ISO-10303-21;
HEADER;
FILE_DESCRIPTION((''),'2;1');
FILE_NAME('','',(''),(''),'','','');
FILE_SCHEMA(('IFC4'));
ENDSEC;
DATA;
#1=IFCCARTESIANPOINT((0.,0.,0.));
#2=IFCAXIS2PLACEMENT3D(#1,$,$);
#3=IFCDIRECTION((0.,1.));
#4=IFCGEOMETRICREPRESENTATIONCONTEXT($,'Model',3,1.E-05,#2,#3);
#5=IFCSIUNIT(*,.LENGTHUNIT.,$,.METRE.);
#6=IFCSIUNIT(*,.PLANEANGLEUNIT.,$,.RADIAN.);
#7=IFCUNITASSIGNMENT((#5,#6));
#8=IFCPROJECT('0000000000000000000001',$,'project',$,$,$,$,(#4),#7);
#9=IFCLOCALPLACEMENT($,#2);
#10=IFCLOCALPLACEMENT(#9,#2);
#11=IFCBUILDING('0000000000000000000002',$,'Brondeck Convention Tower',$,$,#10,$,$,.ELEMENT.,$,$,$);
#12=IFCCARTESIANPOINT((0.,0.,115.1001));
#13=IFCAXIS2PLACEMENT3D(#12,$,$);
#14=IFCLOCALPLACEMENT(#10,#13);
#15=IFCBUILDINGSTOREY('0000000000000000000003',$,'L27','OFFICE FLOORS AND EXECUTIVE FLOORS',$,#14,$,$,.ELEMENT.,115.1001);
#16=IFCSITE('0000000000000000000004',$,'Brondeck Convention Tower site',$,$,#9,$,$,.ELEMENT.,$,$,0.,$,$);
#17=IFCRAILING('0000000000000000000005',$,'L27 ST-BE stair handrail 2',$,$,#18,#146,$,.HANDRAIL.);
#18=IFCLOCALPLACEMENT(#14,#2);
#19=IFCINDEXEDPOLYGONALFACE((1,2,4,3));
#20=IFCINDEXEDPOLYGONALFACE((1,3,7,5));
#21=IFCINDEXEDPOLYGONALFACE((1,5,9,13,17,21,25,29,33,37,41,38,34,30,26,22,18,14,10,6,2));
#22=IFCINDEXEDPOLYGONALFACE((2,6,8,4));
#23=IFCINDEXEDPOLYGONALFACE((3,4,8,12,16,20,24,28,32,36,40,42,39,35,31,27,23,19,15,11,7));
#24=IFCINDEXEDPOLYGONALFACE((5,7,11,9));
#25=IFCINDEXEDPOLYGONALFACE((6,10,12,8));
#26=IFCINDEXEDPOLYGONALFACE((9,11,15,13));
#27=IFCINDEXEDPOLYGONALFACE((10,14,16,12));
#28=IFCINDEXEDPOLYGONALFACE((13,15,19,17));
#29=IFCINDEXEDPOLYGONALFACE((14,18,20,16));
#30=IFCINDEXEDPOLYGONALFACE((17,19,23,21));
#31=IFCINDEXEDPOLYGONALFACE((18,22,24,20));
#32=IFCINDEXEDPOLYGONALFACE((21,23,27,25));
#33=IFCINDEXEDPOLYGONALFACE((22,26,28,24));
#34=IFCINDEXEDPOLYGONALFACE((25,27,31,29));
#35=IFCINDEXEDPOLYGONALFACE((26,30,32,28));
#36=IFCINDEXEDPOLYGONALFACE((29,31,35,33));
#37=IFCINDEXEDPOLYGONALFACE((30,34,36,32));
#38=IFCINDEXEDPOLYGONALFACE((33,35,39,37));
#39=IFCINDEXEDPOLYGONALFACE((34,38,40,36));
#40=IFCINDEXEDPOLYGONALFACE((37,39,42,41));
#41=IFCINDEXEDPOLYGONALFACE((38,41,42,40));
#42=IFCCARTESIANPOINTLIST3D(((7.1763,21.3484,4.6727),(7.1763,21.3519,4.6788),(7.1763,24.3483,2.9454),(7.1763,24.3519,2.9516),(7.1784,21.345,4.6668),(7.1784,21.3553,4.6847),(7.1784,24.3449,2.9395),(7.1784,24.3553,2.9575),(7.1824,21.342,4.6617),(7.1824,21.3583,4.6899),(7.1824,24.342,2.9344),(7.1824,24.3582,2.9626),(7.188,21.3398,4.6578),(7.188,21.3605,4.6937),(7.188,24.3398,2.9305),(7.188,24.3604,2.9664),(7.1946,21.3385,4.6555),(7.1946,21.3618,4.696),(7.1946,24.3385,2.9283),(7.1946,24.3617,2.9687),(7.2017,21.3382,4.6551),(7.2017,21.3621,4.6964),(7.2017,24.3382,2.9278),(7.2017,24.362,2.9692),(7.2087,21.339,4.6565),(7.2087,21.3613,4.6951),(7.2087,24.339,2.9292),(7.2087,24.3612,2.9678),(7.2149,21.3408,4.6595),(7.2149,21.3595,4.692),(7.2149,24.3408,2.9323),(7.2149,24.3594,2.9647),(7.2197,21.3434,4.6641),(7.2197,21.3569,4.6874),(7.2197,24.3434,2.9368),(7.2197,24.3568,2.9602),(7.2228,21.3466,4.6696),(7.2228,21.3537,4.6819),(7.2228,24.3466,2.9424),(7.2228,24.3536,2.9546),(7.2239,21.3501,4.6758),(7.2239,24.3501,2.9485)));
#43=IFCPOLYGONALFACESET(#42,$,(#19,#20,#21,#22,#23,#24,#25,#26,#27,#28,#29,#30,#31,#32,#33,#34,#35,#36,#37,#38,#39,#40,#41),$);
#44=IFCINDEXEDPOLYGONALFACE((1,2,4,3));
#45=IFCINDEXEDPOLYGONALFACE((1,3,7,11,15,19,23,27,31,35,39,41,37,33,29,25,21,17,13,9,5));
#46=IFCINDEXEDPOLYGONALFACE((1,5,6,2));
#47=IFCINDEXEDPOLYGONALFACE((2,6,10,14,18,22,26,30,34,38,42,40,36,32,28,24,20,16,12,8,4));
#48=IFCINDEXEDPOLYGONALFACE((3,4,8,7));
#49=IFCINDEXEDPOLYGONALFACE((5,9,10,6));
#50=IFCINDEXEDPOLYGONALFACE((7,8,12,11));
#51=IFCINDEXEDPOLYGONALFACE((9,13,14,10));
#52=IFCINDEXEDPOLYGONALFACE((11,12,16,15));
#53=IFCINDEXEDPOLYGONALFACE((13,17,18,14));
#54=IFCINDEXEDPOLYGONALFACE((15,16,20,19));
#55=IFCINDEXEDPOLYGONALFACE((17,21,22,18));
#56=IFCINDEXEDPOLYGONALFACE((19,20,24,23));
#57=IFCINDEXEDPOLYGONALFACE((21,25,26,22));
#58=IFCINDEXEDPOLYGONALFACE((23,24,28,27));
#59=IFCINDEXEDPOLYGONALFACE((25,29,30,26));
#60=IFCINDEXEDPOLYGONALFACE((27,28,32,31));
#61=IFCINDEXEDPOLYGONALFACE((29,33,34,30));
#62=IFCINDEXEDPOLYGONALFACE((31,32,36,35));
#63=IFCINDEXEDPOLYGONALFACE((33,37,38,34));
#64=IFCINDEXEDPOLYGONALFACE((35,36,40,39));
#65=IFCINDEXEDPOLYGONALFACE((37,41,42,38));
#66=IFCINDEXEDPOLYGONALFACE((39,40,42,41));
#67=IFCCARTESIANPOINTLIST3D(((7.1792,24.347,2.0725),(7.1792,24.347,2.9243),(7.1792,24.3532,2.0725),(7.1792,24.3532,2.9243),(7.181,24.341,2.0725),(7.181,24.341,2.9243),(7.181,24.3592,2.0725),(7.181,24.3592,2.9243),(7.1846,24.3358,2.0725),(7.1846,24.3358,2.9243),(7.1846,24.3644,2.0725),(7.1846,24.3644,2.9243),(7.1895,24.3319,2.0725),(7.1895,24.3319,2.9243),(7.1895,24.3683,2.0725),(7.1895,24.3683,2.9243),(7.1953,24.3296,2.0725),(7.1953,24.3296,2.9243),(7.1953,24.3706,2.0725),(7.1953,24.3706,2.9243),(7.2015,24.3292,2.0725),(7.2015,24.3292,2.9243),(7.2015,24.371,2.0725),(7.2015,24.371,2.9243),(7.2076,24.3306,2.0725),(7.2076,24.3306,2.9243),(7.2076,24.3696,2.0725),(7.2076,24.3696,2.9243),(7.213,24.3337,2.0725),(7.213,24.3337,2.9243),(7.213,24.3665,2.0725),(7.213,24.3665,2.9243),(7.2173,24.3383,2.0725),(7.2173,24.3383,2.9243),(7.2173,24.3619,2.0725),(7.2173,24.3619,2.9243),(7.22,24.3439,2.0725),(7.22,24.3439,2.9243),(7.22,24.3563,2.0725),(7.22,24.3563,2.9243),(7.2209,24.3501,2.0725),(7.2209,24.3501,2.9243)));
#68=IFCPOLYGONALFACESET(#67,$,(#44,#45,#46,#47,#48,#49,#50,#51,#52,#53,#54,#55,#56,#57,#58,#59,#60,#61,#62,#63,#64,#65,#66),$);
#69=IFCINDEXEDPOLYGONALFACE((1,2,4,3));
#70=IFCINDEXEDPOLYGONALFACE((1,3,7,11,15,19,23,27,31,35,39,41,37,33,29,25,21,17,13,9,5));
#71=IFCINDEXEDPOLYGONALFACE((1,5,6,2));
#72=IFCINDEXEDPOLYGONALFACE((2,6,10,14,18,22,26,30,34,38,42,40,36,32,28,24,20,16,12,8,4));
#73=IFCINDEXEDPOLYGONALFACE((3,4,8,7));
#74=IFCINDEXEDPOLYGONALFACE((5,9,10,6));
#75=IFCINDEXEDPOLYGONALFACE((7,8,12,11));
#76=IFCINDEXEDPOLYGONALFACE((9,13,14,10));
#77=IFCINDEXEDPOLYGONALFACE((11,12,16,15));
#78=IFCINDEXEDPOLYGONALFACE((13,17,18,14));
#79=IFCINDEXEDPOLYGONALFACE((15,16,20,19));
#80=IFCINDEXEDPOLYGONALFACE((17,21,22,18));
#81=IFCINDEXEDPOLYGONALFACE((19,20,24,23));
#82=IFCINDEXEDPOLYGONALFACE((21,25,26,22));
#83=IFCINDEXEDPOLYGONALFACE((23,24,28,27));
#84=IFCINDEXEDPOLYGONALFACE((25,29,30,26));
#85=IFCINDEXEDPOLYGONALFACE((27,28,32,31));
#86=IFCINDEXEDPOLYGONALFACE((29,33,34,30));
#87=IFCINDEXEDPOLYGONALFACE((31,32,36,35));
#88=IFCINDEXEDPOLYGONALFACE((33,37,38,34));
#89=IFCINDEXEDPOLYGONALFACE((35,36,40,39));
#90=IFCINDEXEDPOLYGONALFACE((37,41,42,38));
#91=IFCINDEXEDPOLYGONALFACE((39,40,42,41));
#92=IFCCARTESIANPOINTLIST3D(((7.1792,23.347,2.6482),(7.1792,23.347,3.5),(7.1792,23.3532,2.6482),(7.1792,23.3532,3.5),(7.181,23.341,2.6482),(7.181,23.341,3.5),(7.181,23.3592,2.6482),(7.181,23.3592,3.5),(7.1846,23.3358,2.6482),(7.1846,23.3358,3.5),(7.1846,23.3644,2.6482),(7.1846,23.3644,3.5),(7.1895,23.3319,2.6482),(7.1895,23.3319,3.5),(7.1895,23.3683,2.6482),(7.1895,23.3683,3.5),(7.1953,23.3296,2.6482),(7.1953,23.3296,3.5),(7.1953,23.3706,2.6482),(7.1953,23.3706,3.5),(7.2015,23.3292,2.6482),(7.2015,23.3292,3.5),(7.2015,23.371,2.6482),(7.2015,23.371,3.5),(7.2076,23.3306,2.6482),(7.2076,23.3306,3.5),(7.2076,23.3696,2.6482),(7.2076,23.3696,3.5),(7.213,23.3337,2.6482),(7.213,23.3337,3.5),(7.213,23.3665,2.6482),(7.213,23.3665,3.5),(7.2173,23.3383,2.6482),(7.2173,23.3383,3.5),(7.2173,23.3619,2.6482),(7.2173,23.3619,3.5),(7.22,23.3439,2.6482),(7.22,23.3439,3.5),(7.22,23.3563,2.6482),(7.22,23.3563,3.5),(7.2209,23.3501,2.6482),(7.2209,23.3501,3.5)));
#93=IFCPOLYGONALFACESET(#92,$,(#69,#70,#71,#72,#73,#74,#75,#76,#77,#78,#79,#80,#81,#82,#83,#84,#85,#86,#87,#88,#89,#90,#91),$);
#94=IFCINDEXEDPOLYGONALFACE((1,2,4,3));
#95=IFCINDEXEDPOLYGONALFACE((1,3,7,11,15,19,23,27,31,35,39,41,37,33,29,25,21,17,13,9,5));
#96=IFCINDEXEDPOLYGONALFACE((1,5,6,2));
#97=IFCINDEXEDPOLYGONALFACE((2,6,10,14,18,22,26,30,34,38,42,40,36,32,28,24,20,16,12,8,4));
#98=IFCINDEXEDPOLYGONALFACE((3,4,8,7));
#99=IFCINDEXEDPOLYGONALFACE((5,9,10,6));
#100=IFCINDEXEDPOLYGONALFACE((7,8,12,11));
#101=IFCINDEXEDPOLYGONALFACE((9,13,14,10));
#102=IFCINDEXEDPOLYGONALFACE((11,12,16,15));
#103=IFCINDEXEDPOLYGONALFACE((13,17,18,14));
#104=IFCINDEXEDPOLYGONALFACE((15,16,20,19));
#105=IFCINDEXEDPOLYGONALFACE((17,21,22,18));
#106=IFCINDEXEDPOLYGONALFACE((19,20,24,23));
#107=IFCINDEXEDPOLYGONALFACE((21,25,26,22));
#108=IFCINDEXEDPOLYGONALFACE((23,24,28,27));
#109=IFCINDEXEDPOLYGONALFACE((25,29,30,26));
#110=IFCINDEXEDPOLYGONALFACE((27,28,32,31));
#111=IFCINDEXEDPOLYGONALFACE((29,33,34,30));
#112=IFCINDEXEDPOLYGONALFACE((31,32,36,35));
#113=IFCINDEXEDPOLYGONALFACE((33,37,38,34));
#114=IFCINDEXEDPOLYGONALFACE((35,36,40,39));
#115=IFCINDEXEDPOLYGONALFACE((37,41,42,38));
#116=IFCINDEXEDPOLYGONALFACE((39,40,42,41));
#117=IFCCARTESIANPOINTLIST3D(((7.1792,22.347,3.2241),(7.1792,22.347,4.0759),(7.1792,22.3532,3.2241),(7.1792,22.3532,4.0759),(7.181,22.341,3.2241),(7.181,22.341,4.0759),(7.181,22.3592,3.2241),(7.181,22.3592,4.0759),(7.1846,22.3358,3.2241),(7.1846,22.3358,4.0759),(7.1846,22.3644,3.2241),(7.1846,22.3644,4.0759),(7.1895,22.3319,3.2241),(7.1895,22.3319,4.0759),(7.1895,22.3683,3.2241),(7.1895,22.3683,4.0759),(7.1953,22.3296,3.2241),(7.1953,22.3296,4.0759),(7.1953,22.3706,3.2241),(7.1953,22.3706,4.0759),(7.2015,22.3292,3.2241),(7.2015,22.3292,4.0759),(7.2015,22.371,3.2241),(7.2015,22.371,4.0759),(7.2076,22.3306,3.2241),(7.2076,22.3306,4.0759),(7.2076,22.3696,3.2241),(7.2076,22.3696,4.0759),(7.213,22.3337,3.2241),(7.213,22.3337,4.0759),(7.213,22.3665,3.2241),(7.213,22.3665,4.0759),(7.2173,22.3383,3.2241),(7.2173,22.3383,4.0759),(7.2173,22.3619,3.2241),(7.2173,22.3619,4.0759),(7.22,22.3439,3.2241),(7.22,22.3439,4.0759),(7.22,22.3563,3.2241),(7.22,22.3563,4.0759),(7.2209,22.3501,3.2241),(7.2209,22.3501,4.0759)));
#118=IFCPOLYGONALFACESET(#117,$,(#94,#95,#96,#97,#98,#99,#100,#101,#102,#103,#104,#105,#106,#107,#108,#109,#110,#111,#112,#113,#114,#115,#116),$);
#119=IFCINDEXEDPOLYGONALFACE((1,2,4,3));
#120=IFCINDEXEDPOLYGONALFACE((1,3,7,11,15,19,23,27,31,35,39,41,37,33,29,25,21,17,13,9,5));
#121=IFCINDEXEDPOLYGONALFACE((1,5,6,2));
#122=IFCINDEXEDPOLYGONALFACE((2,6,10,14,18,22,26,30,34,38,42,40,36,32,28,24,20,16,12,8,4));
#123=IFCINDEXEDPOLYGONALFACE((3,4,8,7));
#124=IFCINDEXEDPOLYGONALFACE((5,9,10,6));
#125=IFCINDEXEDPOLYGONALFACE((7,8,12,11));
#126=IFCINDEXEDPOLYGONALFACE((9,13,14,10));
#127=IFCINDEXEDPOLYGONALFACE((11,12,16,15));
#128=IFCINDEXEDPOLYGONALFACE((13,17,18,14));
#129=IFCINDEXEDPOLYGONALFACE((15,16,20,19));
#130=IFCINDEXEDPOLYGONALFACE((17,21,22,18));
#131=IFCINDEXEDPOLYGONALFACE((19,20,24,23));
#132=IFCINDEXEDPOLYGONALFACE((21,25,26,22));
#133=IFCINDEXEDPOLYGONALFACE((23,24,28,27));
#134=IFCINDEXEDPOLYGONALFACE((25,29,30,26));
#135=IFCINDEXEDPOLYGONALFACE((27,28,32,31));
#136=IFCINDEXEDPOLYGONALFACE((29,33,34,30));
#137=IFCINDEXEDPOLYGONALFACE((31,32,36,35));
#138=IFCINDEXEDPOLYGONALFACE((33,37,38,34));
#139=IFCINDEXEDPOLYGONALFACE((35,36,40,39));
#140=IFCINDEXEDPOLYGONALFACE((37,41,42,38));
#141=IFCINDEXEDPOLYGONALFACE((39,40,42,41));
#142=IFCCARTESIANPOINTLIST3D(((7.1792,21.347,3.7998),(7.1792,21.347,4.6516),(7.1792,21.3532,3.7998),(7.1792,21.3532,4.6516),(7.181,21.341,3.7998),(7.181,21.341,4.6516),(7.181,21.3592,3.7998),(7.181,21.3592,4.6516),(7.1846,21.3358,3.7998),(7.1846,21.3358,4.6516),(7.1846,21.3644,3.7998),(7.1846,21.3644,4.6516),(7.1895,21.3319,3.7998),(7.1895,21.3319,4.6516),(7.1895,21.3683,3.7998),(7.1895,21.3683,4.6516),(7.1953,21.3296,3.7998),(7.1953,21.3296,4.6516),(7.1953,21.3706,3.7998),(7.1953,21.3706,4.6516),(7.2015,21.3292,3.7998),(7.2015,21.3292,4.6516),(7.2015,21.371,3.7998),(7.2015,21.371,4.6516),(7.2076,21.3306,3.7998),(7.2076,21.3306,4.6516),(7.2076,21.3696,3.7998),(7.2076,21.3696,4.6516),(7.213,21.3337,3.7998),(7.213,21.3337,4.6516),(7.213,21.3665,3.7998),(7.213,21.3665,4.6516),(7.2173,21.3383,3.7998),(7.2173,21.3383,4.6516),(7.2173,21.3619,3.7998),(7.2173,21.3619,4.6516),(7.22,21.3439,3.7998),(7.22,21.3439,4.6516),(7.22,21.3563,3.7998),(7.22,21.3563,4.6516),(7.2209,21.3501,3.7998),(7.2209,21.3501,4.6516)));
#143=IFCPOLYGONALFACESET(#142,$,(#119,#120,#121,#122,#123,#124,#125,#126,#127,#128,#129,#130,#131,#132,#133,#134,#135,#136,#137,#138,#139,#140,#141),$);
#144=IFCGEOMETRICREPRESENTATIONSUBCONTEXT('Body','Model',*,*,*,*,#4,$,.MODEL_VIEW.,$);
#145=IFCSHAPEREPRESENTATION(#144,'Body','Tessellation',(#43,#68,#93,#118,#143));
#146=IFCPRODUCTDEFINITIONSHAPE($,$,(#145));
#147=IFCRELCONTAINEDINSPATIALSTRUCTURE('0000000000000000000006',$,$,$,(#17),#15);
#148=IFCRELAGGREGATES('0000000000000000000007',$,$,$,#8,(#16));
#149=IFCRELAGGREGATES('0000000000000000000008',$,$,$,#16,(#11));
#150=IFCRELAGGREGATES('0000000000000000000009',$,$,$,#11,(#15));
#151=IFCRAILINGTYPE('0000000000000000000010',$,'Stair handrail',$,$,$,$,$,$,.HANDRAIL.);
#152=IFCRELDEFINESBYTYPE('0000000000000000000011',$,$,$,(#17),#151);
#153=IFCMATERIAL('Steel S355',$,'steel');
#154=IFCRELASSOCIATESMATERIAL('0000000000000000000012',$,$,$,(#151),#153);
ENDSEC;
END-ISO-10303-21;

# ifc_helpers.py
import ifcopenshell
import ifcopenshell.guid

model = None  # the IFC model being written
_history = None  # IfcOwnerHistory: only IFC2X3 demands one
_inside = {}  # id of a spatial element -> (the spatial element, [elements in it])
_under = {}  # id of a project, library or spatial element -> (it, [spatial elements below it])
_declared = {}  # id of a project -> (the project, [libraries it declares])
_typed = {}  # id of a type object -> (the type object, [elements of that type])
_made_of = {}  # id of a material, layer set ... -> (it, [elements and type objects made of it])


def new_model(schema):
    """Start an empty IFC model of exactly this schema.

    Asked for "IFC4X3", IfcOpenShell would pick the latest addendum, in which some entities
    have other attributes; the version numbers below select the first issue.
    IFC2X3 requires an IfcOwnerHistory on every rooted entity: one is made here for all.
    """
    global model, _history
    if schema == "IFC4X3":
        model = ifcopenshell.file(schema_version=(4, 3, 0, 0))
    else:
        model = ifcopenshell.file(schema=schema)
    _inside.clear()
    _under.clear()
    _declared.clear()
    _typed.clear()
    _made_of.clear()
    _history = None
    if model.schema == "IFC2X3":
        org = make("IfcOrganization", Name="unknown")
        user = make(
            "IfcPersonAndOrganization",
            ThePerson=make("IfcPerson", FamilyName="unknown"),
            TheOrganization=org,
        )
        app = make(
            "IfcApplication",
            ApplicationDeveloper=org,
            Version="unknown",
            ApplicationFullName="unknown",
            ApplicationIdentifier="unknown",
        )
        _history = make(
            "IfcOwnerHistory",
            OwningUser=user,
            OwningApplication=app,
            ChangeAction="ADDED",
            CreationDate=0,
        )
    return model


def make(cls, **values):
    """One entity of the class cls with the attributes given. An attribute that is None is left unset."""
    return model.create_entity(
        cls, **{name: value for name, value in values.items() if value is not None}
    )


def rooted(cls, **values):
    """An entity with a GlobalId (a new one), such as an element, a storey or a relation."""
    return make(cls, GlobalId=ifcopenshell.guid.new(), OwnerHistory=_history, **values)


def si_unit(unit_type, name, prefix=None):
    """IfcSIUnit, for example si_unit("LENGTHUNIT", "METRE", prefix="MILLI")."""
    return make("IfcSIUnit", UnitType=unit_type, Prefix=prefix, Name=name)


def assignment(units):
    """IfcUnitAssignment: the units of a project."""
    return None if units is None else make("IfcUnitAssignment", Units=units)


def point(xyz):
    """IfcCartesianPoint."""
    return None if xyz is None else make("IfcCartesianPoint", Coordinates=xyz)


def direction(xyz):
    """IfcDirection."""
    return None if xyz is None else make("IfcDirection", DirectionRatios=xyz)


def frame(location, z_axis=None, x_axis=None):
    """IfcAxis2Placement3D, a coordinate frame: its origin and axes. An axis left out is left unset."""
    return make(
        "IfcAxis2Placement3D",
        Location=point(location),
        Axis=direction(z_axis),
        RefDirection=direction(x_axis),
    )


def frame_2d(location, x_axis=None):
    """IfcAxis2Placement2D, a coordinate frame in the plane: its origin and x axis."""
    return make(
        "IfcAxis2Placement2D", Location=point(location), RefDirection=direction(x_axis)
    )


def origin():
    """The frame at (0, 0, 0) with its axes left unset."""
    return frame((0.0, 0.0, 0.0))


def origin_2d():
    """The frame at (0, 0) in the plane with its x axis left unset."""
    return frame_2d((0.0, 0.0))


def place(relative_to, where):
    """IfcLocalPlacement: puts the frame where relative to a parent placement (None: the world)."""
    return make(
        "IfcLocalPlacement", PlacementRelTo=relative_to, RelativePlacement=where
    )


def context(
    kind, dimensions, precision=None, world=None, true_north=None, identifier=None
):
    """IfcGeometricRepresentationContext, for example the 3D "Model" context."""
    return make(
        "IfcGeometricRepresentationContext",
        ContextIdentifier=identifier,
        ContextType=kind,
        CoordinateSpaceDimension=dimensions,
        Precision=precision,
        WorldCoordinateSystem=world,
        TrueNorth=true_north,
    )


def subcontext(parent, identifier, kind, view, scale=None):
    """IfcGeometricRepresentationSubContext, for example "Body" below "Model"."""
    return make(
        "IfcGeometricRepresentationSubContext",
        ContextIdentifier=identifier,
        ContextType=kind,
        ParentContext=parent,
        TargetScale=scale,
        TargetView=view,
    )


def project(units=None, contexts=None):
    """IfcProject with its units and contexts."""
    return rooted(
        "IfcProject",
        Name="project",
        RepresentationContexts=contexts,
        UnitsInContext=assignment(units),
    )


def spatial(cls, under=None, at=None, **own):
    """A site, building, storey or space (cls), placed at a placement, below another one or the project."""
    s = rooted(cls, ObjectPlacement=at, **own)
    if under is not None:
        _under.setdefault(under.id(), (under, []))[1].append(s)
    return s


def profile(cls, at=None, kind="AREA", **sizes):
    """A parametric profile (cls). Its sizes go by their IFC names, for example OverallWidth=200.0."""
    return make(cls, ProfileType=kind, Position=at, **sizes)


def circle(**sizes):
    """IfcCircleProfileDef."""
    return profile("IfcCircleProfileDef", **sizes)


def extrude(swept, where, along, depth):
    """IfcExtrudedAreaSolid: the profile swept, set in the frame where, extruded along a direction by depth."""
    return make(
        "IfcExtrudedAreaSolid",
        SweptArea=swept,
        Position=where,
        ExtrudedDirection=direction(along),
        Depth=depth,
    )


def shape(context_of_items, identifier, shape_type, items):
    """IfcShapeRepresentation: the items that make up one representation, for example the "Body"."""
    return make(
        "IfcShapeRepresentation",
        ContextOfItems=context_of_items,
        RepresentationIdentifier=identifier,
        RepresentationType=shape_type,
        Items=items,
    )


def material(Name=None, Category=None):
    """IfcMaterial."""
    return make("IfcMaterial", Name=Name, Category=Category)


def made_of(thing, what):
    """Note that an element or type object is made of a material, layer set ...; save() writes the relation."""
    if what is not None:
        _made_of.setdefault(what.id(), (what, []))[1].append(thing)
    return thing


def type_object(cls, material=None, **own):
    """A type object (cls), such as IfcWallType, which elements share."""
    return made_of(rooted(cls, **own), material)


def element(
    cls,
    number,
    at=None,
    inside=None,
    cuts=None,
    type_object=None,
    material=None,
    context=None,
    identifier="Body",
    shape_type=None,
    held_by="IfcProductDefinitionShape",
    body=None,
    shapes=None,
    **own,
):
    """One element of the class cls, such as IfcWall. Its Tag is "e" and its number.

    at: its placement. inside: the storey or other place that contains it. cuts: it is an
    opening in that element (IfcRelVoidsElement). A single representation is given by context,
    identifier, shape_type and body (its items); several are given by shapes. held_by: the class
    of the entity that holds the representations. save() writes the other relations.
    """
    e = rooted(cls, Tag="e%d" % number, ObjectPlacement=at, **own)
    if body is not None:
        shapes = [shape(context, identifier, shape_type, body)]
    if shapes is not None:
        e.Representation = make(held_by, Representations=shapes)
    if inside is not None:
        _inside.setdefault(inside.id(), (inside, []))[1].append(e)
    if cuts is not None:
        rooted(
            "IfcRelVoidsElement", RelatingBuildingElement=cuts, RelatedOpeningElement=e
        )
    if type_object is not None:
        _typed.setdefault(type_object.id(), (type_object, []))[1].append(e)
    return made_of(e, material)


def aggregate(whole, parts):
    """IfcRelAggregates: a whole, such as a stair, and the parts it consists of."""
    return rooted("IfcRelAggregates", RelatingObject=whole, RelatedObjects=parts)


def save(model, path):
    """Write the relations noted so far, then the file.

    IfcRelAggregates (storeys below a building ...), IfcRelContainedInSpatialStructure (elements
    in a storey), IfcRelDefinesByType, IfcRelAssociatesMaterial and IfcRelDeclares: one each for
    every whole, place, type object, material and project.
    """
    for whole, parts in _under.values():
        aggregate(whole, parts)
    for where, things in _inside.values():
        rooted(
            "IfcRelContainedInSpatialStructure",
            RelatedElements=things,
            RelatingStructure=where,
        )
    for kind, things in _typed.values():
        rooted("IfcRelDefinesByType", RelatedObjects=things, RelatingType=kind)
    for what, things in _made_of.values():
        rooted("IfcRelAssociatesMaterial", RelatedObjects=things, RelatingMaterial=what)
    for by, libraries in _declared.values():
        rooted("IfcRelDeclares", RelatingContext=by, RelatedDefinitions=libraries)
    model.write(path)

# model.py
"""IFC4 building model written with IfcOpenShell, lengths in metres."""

from ifc_helpers import new_model, si_unit, direction, frame, origin, origin_2d, place, context, subcontext, project, spatial, circle, extrude, material, type_object, element, save


model = new_model("IFC4")

# Units and contexts
model_context = context("Model", 3, precision=1e-05, world=origin(), true_north=direction((0.0, 1.0)))
body_context = subcontext(model_context, "Body", "Model", "MODEL_VIEW")
ifc_project = project(units=[si_unit("LENGTHUNIT", "METRE"), si_unit("PLANEANGLEUNIT", "RADIAN")], contexts=[model_context])

# Site, building, storey
site_placement = place(None, origin())
site = spatial("IfcSite", under=ifc_project, at=site_placement, Name="Brondeck Convention Tower site", CompositionType="ELEMENT", RefElevation=0.0)
building_placement = place(site_placement, origin())
building = spatial("IfcBuilding", under=site, at=building_placement, Name="Brondeck Convention Tower", CompositionType="ELEMENT")
storey_placement = place(building_placement, frame((0.0, 0.0, 115.1001)))
storey = spatial("IfcBuildingStorey", under=building, at=storey_placement, Name="L27", Description="OFFICE FLOORS AND EXECUTIVE FLOORS", CompositionType="ELEMENT", Elevation=115.1001)

# Shared definitions
ifc_material_1 = material(Name="Steel S355", Category="steel")

# Railing
railing_type_1 = type_object("IfcRailingType", Name="Stair handrail", PredefinedType="HANDRAIL", material=ifc_material_1)
railing_1_placement = place(storey_placement, frame((7.2, 24.3501, 2.0725)))
element("IfcRailing", 1, at=railing_1_placement, inside=storey, type_object=railing_type_1, Name="L27 ST-BE stair handrail 2", PredefinedType="HANDRAIL", context=body_context, shape_type="SweptSolid", body=[
    extrude(circle(Radius=0.0239, at=origin_2d()), frame((0.0, 0.0, 0.876), z_axis=(0.0, -0.86662, 0.498969), x_axis=(1.0, 0.0, 0.0)), (0.0, 0.0, 1.0), 3.4617),
    extrude(circle(Radius=0.021, at=origin_2d()), origin(), (0.0, 0.0, 1.0), 0.8518),
    extrude(circle(Radius=0.021, at=origin_2d()), frame((0.0, -1.0, 0.5757)), (0.0, 0.0, 1.0), 0.8518),
    extrude(circle(Radius=0.021, at=origin_2d()), frame((0.0, -2.0, 1.1516)), (0.0, 0.0, 1.0), 0.8518),
    extrude(circle(Radius=0.021, at=origin_2d()), frame((0.0, -3.0, 1.7273)), (0.0, 0.0, 1.0), 0.8518),
])

save(model, "model.ifc")
